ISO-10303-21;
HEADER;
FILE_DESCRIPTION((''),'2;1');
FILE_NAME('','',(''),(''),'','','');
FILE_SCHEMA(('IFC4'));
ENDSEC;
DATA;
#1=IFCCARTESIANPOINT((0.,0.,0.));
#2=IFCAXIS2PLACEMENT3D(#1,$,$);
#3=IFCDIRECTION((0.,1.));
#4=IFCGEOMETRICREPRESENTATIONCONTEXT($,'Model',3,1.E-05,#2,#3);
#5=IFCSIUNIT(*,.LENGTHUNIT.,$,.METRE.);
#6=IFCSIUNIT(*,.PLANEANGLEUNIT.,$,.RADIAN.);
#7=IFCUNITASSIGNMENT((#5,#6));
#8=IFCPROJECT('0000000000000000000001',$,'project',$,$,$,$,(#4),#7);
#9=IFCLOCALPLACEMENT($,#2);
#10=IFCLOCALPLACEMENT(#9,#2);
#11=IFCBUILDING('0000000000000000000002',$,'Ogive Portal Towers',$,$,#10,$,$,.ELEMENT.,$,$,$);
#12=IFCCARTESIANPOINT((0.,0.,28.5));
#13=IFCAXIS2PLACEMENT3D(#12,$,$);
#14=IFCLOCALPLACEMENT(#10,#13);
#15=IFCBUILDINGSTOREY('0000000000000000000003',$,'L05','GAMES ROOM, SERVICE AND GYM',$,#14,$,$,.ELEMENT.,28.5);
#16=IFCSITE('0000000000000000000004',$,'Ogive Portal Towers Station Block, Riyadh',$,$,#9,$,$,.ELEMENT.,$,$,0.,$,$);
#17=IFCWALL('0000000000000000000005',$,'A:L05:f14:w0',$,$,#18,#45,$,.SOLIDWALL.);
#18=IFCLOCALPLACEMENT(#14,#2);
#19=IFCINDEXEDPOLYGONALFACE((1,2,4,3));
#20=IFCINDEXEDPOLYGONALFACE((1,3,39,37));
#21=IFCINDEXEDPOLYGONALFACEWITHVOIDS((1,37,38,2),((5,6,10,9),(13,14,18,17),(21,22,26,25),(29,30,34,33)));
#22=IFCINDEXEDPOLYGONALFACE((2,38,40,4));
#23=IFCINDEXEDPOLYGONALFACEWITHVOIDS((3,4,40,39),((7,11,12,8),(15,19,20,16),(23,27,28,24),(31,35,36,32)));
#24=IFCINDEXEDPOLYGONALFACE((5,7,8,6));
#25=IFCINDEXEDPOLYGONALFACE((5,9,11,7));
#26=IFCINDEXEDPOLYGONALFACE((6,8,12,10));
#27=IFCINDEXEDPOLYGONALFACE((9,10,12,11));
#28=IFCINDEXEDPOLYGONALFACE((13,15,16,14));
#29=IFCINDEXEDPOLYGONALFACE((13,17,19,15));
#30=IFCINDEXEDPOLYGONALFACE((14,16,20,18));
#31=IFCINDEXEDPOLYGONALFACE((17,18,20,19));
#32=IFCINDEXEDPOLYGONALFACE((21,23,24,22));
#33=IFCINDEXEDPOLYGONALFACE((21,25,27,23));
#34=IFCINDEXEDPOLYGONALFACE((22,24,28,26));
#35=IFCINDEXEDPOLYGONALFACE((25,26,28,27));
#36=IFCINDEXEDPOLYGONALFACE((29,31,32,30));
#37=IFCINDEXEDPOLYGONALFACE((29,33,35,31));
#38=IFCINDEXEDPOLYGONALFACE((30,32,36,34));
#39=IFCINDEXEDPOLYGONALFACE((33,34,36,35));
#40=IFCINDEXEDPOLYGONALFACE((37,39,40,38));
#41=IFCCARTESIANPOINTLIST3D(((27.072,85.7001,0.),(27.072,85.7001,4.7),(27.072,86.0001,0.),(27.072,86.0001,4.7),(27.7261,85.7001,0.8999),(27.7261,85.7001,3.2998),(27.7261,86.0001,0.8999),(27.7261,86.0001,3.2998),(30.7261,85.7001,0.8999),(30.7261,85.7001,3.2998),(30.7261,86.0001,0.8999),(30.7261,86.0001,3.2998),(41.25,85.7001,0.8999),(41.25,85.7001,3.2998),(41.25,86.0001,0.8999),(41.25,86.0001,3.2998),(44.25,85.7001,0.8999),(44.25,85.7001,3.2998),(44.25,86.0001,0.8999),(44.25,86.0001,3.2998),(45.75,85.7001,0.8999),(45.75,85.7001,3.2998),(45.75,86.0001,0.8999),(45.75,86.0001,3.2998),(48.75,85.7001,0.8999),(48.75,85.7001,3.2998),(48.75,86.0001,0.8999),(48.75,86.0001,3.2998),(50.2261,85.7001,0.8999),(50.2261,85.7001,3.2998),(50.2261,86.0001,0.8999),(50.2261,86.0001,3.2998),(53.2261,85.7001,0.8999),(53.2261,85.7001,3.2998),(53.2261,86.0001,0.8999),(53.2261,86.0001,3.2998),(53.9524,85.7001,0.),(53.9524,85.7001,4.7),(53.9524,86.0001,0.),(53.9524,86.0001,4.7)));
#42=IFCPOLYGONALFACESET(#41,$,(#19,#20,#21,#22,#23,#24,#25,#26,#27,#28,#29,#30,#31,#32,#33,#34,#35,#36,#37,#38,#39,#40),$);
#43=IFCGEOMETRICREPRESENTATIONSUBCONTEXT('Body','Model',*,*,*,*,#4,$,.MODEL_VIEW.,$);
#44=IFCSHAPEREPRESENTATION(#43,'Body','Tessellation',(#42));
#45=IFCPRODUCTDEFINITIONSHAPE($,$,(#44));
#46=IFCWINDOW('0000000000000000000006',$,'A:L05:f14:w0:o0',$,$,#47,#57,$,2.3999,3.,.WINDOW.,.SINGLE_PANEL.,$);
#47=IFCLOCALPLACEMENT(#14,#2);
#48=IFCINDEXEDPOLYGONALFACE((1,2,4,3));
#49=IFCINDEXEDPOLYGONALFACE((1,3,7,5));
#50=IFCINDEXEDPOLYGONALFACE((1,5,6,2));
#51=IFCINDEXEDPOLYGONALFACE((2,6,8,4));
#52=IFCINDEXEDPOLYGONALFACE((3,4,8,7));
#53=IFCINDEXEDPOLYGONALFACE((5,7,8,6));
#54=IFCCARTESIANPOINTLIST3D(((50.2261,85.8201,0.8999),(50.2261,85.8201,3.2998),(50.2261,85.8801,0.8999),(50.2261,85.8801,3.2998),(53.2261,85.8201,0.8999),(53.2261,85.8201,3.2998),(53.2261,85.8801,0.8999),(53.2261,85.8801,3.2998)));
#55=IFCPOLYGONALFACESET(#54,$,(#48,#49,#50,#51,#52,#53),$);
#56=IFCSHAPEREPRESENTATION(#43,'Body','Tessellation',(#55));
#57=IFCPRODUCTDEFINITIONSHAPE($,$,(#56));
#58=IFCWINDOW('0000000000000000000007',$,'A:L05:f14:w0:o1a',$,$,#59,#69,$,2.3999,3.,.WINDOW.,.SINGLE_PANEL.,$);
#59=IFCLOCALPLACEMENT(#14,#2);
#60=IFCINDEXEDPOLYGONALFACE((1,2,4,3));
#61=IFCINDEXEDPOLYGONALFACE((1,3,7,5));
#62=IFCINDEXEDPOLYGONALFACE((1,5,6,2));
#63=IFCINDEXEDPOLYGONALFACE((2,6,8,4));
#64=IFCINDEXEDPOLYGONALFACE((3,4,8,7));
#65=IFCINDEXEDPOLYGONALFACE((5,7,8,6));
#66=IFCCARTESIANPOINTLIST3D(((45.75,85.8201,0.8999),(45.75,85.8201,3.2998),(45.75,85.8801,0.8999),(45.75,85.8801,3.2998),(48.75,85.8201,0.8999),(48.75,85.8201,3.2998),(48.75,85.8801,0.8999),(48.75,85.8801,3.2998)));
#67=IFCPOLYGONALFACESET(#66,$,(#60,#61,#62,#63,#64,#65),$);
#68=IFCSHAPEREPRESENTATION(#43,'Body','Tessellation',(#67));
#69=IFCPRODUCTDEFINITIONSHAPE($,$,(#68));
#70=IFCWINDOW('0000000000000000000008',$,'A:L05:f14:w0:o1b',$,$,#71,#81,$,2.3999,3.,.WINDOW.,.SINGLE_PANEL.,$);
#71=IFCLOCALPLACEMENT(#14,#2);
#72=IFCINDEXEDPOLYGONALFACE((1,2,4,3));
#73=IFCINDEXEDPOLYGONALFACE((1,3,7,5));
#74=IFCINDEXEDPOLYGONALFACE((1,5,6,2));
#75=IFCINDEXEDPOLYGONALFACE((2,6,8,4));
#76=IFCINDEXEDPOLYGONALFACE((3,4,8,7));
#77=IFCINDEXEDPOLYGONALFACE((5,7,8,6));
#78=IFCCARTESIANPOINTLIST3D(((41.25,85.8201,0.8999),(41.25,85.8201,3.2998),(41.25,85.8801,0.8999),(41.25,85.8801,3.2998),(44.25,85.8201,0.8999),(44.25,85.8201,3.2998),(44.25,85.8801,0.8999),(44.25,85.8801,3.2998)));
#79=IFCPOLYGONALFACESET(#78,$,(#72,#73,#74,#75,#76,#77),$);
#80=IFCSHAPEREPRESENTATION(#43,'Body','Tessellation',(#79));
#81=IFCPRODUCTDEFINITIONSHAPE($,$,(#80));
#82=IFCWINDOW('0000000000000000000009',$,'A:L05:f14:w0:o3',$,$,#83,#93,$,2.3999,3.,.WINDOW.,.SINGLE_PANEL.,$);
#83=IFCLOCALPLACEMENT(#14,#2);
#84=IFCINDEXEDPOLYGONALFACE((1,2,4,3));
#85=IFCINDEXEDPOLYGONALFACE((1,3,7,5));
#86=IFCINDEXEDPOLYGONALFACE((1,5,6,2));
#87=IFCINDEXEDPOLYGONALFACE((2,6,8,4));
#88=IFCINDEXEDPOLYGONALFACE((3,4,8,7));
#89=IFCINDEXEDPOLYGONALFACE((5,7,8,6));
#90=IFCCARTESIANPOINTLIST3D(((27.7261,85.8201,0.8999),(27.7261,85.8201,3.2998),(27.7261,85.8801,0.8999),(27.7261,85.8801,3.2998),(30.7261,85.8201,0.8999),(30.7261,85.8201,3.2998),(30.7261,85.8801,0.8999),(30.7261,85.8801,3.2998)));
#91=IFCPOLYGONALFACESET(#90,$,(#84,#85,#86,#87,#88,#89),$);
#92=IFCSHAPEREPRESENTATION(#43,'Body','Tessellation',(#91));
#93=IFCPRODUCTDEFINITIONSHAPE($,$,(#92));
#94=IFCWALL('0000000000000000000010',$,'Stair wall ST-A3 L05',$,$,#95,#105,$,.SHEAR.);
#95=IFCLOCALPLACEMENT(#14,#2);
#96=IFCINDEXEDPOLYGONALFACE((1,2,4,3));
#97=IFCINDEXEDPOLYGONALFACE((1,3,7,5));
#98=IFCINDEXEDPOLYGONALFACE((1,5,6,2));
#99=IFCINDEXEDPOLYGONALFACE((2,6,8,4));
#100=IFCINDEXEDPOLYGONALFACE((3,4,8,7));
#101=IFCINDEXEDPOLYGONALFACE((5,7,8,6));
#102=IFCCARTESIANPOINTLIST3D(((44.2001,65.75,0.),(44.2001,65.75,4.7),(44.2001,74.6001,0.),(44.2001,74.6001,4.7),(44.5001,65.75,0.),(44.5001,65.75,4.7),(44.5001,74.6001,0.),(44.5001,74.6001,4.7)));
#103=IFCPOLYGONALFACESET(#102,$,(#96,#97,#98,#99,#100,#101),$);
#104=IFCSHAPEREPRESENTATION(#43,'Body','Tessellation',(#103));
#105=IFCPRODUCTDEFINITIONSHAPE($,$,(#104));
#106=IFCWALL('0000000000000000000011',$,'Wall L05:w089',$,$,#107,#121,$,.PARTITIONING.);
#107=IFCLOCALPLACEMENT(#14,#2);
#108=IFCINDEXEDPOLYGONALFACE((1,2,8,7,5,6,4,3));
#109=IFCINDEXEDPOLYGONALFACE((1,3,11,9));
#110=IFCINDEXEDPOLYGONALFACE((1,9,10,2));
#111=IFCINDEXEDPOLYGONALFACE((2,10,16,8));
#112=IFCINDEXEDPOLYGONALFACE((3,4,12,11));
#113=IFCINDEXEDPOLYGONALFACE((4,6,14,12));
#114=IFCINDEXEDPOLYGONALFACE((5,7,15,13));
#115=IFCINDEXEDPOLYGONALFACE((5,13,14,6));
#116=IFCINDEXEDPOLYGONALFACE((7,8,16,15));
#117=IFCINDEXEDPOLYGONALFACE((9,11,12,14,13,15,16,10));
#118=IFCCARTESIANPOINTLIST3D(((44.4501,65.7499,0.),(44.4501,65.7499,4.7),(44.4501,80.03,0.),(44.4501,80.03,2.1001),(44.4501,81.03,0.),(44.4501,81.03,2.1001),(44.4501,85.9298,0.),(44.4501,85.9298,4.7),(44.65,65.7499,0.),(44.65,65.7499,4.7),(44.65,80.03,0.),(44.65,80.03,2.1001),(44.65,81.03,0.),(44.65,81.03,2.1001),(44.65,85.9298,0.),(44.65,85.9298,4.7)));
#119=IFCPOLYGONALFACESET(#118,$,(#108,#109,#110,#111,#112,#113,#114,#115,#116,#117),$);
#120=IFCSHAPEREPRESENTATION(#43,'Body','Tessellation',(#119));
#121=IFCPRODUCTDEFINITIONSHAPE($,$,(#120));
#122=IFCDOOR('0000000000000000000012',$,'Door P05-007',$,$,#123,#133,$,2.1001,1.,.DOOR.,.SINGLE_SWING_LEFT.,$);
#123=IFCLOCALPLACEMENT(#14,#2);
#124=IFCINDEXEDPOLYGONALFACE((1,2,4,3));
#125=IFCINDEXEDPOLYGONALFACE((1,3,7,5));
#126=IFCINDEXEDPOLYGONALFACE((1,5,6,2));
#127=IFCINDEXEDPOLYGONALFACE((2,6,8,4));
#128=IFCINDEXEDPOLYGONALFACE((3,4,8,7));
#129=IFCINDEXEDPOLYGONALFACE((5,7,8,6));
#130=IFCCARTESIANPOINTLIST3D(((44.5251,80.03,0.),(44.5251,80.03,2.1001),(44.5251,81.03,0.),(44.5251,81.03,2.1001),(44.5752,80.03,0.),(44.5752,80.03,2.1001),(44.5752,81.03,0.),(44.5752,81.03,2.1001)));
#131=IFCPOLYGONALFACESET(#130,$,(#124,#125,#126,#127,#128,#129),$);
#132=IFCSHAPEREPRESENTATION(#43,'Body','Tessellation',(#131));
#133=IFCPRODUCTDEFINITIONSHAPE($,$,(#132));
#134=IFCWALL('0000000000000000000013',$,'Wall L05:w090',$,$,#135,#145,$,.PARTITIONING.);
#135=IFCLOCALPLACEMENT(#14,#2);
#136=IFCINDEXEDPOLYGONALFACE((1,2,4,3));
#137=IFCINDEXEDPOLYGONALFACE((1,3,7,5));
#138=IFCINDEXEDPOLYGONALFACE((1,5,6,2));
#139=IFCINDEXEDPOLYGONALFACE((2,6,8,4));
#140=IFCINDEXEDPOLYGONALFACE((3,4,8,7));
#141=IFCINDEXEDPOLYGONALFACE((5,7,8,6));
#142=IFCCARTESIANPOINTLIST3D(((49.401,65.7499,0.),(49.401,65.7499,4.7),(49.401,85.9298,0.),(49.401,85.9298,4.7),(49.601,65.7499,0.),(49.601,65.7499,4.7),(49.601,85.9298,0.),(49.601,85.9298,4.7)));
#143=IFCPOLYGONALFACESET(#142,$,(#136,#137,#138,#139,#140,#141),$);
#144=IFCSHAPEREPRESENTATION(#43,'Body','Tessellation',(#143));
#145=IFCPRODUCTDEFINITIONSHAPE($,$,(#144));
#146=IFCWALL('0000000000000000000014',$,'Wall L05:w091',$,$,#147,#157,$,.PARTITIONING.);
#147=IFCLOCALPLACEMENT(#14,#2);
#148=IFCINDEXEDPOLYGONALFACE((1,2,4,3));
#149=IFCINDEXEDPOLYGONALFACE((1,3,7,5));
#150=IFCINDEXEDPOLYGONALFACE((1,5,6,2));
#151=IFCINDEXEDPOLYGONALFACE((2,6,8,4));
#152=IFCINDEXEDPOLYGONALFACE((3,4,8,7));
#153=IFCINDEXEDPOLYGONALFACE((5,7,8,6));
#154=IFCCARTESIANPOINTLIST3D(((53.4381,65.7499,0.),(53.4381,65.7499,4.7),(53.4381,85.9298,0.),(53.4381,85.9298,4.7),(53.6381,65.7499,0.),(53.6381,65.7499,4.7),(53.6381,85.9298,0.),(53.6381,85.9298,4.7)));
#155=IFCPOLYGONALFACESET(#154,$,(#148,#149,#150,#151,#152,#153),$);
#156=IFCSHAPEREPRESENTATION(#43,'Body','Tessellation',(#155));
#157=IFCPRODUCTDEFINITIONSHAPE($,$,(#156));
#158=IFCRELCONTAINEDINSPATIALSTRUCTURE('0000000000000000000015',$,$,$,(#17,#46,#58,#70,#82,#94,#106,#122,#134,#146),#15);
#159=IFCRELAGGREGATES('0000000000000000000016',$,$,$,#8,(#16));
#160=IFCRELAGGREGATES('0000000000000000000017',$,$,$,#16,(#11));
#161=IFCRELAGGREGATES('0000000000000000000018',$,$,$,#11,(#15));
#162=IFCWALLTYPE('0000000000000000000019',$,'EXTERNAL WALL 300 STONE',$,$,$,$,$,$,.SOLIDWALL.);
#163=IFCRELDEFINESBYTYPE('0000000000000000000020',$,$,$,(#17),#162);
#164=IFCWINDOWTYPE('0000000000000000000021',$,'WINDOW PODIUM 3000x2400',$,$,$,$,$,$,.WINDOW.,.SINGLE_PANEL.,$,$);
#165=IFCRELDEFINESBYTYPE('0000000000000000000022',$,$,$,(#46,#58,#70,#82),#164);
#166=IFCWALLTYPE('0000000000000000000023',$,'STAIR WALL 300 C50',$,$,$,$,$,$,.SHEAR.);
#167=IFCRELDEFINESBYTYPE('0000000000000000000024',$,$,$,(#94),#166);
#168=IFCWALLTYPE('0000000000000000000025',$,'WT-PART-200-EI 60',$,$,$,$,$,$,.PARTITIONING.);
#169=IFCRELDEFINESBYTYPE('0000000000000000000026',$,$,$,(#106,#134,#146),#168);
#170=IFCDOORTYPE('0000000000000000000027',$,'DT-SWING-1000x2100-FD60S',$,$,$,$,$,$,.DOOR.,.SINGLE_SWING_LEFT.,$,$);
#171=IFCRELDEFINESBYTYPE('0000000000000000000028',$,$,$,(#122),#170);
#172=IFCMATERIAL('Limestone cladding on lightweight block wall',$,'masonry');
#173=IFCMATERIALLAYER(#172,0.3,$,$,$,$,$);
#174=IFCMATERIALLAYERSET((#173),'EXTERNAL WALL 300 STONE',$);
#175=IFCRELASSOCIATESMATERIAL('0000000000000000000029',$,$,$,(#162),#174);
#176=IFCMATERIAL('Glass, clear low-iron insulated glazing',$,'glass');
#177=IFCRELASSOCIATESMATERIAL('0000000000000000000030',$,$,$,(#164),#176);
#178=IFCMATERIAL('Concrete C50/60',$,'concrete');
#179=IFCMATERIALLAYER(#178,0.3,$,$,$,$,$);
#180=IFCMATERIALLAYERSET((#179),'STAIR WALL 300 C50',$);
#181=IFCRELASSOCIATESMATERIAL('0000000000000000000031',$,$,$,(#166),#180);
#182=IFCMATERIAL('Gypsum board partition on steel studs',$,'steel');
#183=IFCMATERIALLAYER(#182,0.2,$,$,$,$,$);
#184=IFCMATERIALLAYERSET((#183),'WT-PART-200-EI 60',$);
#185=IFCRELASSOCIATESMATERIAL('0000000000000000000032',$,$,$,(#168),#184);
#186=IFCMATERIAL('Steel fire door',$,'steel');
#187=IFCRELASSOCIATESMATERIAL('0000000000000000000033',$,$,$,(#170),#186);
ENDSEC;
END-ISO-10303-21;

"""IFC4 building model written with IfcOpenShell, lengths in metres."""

from ifc_helpers import new_model, si_unit, direction, frame, frame_2d, origin, place, context, subcontext, project, spatial, rectangle, extrude, material, layer, layer_set, type_object, element, fill, save


model = new_model("IFC4")

# Units and contexts
model_context = context("Model", 3, precision=1e-05, world=origin(), true_north=direction((0.0, 1.0)))
body_context = subcontext(model_context, "Body", "Model", "MODEL_VIEW")
ifc_project = project(units=[si_unit("LENGTHUNIT", "METRE"), si_unit("PLANEANGLEUNIT", "RADIAN")], contexts=[model_context])

# Site, building, storey
site_placement = place(None, origin())
site = spatial("IfcSite", under=ifc_project, at=site_placement, Name="Ogive Portal Towers Station Block, Riyadh", CompositionType="ELEMENT", RefElevation=0.0)
building_placement = place(site_placement, origin())
building = spatial("IfcBuilding", under=site, at=building_placement, Name="Ogive Portal Towers", CompositionType="ELEMENT")
storey_placement = place(building_placement, frame((0.0, 0.0, 28.5)))
storey = spatial("IfcBuildingStorey", under=building, at=storey_placement, Name="L05", Description="GAMES ROOM, SERVICE AND GYM", CompositionType="ELEMENT", Elevation=28.5)

# Shared definitions
ifc_material_1 = material(Name="Concrete C50/60", Category="concrete")

# Wall, openings, windows
ifc_material_2 = material(Name="Limestone cladding on lightweight block wall", Category="masonry")
ifc_layer_1 = layer(ifc_material_2, 0.3)
ifc_layer_set_1 = layer_set([ifc_layer_1], Name="EXTERNAL WALL 300 STONE")
wall_type_1 = type_object("IfcWallType", Name="EXTERNAL WALL 300 STONE", PredefinedType="SOLIDWALL", material=ifc_layer_set_1)
wall_1_placement = place(storey_placement, frame((53.9524, 85.8501, 0.0), z_axis=(0.0, 0.0, 1.0), x_axis=(-1.0, 0.0, 0.0)))
wall_1 = element("IfcWall", 1, at=wall_1_placement, inside=storey, type_object=wall_type_1, Name="A:L05:f14:w0", PredefinedType="SOLIDWALL", context=body_context, shape_type="SweptSolid", body=[
    extrude(rectangle(XDim=26.8804, YDim=0.3, at=frame_2d((13.4402, 0.0))), origin(), (0.0, 0.0, 1.0), 4.7),
])
opening_1_placement = place(wall_1_placement, frame((0.7263, 0.0, 0.8999)))
opening_1 = element("IfcOpeningElement", 2, at=opening_1_placement, cuts=wall_1, PredefinedType="OPENING", context=body_context, shape_type="SweptSolid", body=[
    extrude(rectangle(XDim=3.0, YDim=2.3999, at=frame_2d((1.5, 1.2))), frame((0.0, 0.1602, 0.0), z_axis=(0.0, -1.0, 0.0), x_axis=(1.0, 0.0, 0.0)), (0.0, 0.0, 1.0), 0.3201),
])
opening_2_placement = place(wall_1_placement, frame((5.2024, 0.0, 0.8999)))
opening_2 = element("IfcOpeningElement", 3, at=opening_2_placement, cuts=wall_1, PredefinedType="OPENING", context=body_context, shape_type="SweptSolid", body=[
    extrude(rectangle(XDim=3.0, YDim=2.3999, at=frame_2d((1.5, 1.2))), frame((0.0, 0.1602, 0.0), z_axis=(0.0, -1.0, 0.0), x_axis=(1.0, 0.0, 0.0)), (0.0, 0.0, 1.0), 0.3201),
])
opening_3_placement = place(wall_1_placement, frame((9.7024, 0.0, 0.8999)))
opening_3 = element("IfcOpeningElement", 4, at=opening_3_placement, cuts=wall_1, PredefinedType="OPENING", context=body_context, shape_type="SweptSolid", body=[
    extrude(rectangle(XDim=3.0, YDim=2.3999, at=frame_2d((1.5, 1.2))), frame((0.0, 0.1602, 0.0), z_axis=(0.0, -1.0, 0.0), x_axis=(1.0, 0.0, 0.0)), (0.0, 0.0, 1.0), 0.3201),
])
opening_4_placement = place(wall_1_placement, frame((23.2263, 0.0, 0.8999)))
opening_4 = element("IfcOpeningElement", 5, at=opening_4_placement, cuts=wall_1, PredefinedType="OPENING", context=body_context, shape_type="SweptSolid", body=[
    extrude(rectangle(XDim=3.0, YDim=2.3999, at=frame_2d((1.5, 1.2))), frame((0.0, 0.1602, 0.0), z_axis=(0.0, -1.0, 0.0), x_axis=(1.0, 0.0, 0.0)), (0.0, 0.0, 1.0), 0.3201),
])
ifc_material_3 = material(Name="Glass, clear low-iron insulated glazing", Category="glass")
window_type = type_object("IfcWindowType", Name="WINDOW PODIUM 3000x2400", PartitioningType="SINGLE_PANEL", PredefinedType="WINDOW", material=ifc_material_3)
window_1_placement = place(opening_1_placement, origin())
window_1 = element("IfcWindow", 6, at=window_1_placement, inside=storey, type_object=window_type, Name="A:L05:f14:w0:o0", OverallHeight=2.3999, OverallWidth=3.0, PartitioningType="SINGLE_PANEL", PredefinedType="WINDOW", context=body_context, shape_type="SweptSolid", body=[
    extrude(rectangle(XDim=3.0, YDim=2.3999, at=frame_2d((1.5, 1.2))), frame((0.0, 0.03, 0.0), z_axis=(0.0, -1.0, 0.0), x_axis=(1.0, 0.0, 0.0)), (0.0, 0.0, 1.0), 0.0601),
])
fill(opening_1, window_1)
window_2_placement = place(opening_2_placement, origin())
window_2 = element("IfcWindow", 7, at=window_2_placement, inside=storey, type_object=window_type, Name="A:L05:f14:w0:o1a", OverallHeight=2.3999, OverallWidth=3.0, PartitioningType="SINGLE_PANEL", PredefinedType="WINDOW", context=body_context, shape_type="SweptSolid", body=[
    extrude(rectangle(XDim=3.0, YDim=2.3999, at=frame_2d((1.5, 1.2))), frame((0.0, 0.03, 0.0), z_axis=(0.0, -1.0, 0.0), x_axis=(1.0, 0.0, 0.0)), (0.0, 0.0, 1.0), 0.0601),
])
fill(opening_2, window_2)
window_3_placement = place(opening_3_placement, origin())
window_3 = element("IfcWindow", 8, at=window_3_placement, inside=storey, type_object=window_type, Name="A:L05:f14:w0:o1b", OverallHeight=2.3999, OverallWidth=3.0, PartitioningType="SINGLE_PANEL", PredefinedType="WINDOW", context=body_context, shape_type="SweptSolid", body=[
    extrude(rectangle(XDim=3.0, YDim=2.3999, at=frame_2d((1.5, 1.2))), frame((0.0, 0.03, 0.0), z_axis=(0.0, -1.0, 0.0), x_axis=(1.0, 0.0, 0.0)), (0.0, 0.0, 1.0), 0.0601),
])
fill(opening_3, window_3)
window_4_placement = place(opening_4_placement, origin())
window_4 = element("IfcWindow", 9, at=window_4_placement, inside=storey, type_object=window_type, Name="A:L05:f14:w0:o3", OverallHeight=2.3999, OverallWidth=3.0, PartitioningType="SINGLE_PANEL", PredefinedType="WINDOW", context=body_context, shape_type="SweptSolid", body=[
    extrude(rectangle(XDim=3.0, YDim=2.3999, at=frame_2d((1.5, 1.2))), frame((0.0, 0.03, 0.0), z_axis=(0.0, -1.0, 0.0), x_axis=(1.0, 0.0, 0.0)), (0.0, 0.0, 1.0), 0.0601),
])
fill(opening_4, window_4)

# Wall
ifc_layer_2 = layer(ifc_material_1, 0.3)
ifc_layer_set_2 = layer_set([ifc_layer_2], Name="STAIR WALL 300 C50")
wall_type_2 = type_object("IfcWallType", Name="STAIR WALL 300 C50", PredefinedType="SHEAR", material=ifc_layer_set_2)
wall_2_placement = place(storey_placement, frame((44.3501, 65.75, 0.0), z_axis=(0.0, 0.0, 1.0), x_axis=(0.0, 1.0, 0.0)))
element("IfcWall", 10, at=wall_2_placement, inside=storey, type_object=wall_type_2, Name="Stair wall ST-A3 L05", PredefinedType="SHEAR", context=body_context, shape_type="SweptSolid", body=[
    extrude(rectangle(XDim=8.8501, YDim=0.3, at=frame_2d((4.425, 0.0))), origin(), (0.0, 0.0, 1.0), 4.7),
])

# Wall, opening, door
ifc_material_4 = material(Name="Gypsum board partition on steel studs", Category="steel")
ifc_layer_3 = layer(ifc_material_4, 0.2)
ifc_layer_set_3 = layer_set([ifc_layer_3], Name="WT-PART-200-EI 60")
wall_type_3 = type_object("IfcWallType", Name="WT-PART-200-EI 60", PredefinedType="PARTITIONING", material=ifc_layer_set_3)
wall_3_placement = place(storey_placement, frame((44.55, 65.75, 0.0), z_axis=(0.0, 0.0, 1.0), x_axis=(0.0, 1.0, 0.0)))
wall_3 = element("IfcWall", 11, at=wall_3_placement, inside=storey, type_object=wall_type_3, Name="Wall L05:w089", PredefinedType="PARTITIONING", context=body_context, shape_type="SweptSolid", body=[
    extrude(rectangle(XDim=20.1799, YDim=0.2, at=frame_2d((10.0898, 0.0))), origin(), (0.0, 0.0, 1.0), 4.7),
])
opening_5_placement = place(wall_3_placement, frame((14.28, 0.0, 0.0)))
opening_5 = element("IfcOpeningElement", 12, at=opening_5_placement, cuts=wall_3, PredefinedType="OPENING", context=body_context, shape_type="SweptSolid", body=[
    extrude(rectangle(XDim=1.0, YDim=2.1001, at=frame_2d((0.5, 1.05))), frame((0.0, 0.1099, 0.0), z_axis=(0.0, -1.0, 0.0), x_axis=(1.0, 0.0, 0.0)), (0.0, 0.0, 1.0), 0.22),
])
ifc_material_5 = material(Name="Steel fire door", Category="steel")
door_type = type_object("IfcDoorType", Name="DT-SWING-1000x2100-FD60S", OperationType="SINGLE_SWING_LEFT", PredefinedType="DOOR", material=ifc_material_5)
door_placement = place(opening_5_placement, origin())
door = element("IfcDoor", 13, at=door_placement, inside=storey, type_object=door_type, Name="Door P05-007", OperationType="SINGLE_SWING_LEFT", OverallHeight=2.1001, OverallWidth=1.0, PredefinedType="DOOR", context=body_context, shape_type="SweptSolid", body=[
    extrude(rectangle(XDim=1.0, YDim=2.1001, at=frame_2d((0.5, 1.05))), frame((0.0, 0.0249, 0.0), z_axis=(0.0, -1.0, 0.0), x_axis=(1.0, 0.0, 0.0)), (0.0, 0.0, 1.0), 0.05),
])
fill(opening_5, door)

# Walls
for number, where, z_axis, x_axis, name in (
    (14, (49.501, 65.75, 0.0), (0.0, 0.0, 1.0), (0.0, 1.0, 0.0), "Wall L05:w090"),
    (15, (53.5381, 65.75, 0.0), (0.0, 0.0, 1.0), (0.0, 1.0, 0.0), "Wall L05:w091"),
):
    element("IfcWall", number, at=place(storey_placement, frame(where, z_axis=z_axis, x_axis=x_axis)), inside=storey, type_object=wall_type_3, Name=name, PredefinedType="PARTITIONING", context=body_context, shape_type="SweptSolid", body=[
        extrude(rectangle(XDim=20.1799, YDim=0.2, at=frame_2d((10.0898, 0.0))), origin(), (0.0, 0.0, 1.0), 4.7),
    ])

save(model, "model.ifc")
